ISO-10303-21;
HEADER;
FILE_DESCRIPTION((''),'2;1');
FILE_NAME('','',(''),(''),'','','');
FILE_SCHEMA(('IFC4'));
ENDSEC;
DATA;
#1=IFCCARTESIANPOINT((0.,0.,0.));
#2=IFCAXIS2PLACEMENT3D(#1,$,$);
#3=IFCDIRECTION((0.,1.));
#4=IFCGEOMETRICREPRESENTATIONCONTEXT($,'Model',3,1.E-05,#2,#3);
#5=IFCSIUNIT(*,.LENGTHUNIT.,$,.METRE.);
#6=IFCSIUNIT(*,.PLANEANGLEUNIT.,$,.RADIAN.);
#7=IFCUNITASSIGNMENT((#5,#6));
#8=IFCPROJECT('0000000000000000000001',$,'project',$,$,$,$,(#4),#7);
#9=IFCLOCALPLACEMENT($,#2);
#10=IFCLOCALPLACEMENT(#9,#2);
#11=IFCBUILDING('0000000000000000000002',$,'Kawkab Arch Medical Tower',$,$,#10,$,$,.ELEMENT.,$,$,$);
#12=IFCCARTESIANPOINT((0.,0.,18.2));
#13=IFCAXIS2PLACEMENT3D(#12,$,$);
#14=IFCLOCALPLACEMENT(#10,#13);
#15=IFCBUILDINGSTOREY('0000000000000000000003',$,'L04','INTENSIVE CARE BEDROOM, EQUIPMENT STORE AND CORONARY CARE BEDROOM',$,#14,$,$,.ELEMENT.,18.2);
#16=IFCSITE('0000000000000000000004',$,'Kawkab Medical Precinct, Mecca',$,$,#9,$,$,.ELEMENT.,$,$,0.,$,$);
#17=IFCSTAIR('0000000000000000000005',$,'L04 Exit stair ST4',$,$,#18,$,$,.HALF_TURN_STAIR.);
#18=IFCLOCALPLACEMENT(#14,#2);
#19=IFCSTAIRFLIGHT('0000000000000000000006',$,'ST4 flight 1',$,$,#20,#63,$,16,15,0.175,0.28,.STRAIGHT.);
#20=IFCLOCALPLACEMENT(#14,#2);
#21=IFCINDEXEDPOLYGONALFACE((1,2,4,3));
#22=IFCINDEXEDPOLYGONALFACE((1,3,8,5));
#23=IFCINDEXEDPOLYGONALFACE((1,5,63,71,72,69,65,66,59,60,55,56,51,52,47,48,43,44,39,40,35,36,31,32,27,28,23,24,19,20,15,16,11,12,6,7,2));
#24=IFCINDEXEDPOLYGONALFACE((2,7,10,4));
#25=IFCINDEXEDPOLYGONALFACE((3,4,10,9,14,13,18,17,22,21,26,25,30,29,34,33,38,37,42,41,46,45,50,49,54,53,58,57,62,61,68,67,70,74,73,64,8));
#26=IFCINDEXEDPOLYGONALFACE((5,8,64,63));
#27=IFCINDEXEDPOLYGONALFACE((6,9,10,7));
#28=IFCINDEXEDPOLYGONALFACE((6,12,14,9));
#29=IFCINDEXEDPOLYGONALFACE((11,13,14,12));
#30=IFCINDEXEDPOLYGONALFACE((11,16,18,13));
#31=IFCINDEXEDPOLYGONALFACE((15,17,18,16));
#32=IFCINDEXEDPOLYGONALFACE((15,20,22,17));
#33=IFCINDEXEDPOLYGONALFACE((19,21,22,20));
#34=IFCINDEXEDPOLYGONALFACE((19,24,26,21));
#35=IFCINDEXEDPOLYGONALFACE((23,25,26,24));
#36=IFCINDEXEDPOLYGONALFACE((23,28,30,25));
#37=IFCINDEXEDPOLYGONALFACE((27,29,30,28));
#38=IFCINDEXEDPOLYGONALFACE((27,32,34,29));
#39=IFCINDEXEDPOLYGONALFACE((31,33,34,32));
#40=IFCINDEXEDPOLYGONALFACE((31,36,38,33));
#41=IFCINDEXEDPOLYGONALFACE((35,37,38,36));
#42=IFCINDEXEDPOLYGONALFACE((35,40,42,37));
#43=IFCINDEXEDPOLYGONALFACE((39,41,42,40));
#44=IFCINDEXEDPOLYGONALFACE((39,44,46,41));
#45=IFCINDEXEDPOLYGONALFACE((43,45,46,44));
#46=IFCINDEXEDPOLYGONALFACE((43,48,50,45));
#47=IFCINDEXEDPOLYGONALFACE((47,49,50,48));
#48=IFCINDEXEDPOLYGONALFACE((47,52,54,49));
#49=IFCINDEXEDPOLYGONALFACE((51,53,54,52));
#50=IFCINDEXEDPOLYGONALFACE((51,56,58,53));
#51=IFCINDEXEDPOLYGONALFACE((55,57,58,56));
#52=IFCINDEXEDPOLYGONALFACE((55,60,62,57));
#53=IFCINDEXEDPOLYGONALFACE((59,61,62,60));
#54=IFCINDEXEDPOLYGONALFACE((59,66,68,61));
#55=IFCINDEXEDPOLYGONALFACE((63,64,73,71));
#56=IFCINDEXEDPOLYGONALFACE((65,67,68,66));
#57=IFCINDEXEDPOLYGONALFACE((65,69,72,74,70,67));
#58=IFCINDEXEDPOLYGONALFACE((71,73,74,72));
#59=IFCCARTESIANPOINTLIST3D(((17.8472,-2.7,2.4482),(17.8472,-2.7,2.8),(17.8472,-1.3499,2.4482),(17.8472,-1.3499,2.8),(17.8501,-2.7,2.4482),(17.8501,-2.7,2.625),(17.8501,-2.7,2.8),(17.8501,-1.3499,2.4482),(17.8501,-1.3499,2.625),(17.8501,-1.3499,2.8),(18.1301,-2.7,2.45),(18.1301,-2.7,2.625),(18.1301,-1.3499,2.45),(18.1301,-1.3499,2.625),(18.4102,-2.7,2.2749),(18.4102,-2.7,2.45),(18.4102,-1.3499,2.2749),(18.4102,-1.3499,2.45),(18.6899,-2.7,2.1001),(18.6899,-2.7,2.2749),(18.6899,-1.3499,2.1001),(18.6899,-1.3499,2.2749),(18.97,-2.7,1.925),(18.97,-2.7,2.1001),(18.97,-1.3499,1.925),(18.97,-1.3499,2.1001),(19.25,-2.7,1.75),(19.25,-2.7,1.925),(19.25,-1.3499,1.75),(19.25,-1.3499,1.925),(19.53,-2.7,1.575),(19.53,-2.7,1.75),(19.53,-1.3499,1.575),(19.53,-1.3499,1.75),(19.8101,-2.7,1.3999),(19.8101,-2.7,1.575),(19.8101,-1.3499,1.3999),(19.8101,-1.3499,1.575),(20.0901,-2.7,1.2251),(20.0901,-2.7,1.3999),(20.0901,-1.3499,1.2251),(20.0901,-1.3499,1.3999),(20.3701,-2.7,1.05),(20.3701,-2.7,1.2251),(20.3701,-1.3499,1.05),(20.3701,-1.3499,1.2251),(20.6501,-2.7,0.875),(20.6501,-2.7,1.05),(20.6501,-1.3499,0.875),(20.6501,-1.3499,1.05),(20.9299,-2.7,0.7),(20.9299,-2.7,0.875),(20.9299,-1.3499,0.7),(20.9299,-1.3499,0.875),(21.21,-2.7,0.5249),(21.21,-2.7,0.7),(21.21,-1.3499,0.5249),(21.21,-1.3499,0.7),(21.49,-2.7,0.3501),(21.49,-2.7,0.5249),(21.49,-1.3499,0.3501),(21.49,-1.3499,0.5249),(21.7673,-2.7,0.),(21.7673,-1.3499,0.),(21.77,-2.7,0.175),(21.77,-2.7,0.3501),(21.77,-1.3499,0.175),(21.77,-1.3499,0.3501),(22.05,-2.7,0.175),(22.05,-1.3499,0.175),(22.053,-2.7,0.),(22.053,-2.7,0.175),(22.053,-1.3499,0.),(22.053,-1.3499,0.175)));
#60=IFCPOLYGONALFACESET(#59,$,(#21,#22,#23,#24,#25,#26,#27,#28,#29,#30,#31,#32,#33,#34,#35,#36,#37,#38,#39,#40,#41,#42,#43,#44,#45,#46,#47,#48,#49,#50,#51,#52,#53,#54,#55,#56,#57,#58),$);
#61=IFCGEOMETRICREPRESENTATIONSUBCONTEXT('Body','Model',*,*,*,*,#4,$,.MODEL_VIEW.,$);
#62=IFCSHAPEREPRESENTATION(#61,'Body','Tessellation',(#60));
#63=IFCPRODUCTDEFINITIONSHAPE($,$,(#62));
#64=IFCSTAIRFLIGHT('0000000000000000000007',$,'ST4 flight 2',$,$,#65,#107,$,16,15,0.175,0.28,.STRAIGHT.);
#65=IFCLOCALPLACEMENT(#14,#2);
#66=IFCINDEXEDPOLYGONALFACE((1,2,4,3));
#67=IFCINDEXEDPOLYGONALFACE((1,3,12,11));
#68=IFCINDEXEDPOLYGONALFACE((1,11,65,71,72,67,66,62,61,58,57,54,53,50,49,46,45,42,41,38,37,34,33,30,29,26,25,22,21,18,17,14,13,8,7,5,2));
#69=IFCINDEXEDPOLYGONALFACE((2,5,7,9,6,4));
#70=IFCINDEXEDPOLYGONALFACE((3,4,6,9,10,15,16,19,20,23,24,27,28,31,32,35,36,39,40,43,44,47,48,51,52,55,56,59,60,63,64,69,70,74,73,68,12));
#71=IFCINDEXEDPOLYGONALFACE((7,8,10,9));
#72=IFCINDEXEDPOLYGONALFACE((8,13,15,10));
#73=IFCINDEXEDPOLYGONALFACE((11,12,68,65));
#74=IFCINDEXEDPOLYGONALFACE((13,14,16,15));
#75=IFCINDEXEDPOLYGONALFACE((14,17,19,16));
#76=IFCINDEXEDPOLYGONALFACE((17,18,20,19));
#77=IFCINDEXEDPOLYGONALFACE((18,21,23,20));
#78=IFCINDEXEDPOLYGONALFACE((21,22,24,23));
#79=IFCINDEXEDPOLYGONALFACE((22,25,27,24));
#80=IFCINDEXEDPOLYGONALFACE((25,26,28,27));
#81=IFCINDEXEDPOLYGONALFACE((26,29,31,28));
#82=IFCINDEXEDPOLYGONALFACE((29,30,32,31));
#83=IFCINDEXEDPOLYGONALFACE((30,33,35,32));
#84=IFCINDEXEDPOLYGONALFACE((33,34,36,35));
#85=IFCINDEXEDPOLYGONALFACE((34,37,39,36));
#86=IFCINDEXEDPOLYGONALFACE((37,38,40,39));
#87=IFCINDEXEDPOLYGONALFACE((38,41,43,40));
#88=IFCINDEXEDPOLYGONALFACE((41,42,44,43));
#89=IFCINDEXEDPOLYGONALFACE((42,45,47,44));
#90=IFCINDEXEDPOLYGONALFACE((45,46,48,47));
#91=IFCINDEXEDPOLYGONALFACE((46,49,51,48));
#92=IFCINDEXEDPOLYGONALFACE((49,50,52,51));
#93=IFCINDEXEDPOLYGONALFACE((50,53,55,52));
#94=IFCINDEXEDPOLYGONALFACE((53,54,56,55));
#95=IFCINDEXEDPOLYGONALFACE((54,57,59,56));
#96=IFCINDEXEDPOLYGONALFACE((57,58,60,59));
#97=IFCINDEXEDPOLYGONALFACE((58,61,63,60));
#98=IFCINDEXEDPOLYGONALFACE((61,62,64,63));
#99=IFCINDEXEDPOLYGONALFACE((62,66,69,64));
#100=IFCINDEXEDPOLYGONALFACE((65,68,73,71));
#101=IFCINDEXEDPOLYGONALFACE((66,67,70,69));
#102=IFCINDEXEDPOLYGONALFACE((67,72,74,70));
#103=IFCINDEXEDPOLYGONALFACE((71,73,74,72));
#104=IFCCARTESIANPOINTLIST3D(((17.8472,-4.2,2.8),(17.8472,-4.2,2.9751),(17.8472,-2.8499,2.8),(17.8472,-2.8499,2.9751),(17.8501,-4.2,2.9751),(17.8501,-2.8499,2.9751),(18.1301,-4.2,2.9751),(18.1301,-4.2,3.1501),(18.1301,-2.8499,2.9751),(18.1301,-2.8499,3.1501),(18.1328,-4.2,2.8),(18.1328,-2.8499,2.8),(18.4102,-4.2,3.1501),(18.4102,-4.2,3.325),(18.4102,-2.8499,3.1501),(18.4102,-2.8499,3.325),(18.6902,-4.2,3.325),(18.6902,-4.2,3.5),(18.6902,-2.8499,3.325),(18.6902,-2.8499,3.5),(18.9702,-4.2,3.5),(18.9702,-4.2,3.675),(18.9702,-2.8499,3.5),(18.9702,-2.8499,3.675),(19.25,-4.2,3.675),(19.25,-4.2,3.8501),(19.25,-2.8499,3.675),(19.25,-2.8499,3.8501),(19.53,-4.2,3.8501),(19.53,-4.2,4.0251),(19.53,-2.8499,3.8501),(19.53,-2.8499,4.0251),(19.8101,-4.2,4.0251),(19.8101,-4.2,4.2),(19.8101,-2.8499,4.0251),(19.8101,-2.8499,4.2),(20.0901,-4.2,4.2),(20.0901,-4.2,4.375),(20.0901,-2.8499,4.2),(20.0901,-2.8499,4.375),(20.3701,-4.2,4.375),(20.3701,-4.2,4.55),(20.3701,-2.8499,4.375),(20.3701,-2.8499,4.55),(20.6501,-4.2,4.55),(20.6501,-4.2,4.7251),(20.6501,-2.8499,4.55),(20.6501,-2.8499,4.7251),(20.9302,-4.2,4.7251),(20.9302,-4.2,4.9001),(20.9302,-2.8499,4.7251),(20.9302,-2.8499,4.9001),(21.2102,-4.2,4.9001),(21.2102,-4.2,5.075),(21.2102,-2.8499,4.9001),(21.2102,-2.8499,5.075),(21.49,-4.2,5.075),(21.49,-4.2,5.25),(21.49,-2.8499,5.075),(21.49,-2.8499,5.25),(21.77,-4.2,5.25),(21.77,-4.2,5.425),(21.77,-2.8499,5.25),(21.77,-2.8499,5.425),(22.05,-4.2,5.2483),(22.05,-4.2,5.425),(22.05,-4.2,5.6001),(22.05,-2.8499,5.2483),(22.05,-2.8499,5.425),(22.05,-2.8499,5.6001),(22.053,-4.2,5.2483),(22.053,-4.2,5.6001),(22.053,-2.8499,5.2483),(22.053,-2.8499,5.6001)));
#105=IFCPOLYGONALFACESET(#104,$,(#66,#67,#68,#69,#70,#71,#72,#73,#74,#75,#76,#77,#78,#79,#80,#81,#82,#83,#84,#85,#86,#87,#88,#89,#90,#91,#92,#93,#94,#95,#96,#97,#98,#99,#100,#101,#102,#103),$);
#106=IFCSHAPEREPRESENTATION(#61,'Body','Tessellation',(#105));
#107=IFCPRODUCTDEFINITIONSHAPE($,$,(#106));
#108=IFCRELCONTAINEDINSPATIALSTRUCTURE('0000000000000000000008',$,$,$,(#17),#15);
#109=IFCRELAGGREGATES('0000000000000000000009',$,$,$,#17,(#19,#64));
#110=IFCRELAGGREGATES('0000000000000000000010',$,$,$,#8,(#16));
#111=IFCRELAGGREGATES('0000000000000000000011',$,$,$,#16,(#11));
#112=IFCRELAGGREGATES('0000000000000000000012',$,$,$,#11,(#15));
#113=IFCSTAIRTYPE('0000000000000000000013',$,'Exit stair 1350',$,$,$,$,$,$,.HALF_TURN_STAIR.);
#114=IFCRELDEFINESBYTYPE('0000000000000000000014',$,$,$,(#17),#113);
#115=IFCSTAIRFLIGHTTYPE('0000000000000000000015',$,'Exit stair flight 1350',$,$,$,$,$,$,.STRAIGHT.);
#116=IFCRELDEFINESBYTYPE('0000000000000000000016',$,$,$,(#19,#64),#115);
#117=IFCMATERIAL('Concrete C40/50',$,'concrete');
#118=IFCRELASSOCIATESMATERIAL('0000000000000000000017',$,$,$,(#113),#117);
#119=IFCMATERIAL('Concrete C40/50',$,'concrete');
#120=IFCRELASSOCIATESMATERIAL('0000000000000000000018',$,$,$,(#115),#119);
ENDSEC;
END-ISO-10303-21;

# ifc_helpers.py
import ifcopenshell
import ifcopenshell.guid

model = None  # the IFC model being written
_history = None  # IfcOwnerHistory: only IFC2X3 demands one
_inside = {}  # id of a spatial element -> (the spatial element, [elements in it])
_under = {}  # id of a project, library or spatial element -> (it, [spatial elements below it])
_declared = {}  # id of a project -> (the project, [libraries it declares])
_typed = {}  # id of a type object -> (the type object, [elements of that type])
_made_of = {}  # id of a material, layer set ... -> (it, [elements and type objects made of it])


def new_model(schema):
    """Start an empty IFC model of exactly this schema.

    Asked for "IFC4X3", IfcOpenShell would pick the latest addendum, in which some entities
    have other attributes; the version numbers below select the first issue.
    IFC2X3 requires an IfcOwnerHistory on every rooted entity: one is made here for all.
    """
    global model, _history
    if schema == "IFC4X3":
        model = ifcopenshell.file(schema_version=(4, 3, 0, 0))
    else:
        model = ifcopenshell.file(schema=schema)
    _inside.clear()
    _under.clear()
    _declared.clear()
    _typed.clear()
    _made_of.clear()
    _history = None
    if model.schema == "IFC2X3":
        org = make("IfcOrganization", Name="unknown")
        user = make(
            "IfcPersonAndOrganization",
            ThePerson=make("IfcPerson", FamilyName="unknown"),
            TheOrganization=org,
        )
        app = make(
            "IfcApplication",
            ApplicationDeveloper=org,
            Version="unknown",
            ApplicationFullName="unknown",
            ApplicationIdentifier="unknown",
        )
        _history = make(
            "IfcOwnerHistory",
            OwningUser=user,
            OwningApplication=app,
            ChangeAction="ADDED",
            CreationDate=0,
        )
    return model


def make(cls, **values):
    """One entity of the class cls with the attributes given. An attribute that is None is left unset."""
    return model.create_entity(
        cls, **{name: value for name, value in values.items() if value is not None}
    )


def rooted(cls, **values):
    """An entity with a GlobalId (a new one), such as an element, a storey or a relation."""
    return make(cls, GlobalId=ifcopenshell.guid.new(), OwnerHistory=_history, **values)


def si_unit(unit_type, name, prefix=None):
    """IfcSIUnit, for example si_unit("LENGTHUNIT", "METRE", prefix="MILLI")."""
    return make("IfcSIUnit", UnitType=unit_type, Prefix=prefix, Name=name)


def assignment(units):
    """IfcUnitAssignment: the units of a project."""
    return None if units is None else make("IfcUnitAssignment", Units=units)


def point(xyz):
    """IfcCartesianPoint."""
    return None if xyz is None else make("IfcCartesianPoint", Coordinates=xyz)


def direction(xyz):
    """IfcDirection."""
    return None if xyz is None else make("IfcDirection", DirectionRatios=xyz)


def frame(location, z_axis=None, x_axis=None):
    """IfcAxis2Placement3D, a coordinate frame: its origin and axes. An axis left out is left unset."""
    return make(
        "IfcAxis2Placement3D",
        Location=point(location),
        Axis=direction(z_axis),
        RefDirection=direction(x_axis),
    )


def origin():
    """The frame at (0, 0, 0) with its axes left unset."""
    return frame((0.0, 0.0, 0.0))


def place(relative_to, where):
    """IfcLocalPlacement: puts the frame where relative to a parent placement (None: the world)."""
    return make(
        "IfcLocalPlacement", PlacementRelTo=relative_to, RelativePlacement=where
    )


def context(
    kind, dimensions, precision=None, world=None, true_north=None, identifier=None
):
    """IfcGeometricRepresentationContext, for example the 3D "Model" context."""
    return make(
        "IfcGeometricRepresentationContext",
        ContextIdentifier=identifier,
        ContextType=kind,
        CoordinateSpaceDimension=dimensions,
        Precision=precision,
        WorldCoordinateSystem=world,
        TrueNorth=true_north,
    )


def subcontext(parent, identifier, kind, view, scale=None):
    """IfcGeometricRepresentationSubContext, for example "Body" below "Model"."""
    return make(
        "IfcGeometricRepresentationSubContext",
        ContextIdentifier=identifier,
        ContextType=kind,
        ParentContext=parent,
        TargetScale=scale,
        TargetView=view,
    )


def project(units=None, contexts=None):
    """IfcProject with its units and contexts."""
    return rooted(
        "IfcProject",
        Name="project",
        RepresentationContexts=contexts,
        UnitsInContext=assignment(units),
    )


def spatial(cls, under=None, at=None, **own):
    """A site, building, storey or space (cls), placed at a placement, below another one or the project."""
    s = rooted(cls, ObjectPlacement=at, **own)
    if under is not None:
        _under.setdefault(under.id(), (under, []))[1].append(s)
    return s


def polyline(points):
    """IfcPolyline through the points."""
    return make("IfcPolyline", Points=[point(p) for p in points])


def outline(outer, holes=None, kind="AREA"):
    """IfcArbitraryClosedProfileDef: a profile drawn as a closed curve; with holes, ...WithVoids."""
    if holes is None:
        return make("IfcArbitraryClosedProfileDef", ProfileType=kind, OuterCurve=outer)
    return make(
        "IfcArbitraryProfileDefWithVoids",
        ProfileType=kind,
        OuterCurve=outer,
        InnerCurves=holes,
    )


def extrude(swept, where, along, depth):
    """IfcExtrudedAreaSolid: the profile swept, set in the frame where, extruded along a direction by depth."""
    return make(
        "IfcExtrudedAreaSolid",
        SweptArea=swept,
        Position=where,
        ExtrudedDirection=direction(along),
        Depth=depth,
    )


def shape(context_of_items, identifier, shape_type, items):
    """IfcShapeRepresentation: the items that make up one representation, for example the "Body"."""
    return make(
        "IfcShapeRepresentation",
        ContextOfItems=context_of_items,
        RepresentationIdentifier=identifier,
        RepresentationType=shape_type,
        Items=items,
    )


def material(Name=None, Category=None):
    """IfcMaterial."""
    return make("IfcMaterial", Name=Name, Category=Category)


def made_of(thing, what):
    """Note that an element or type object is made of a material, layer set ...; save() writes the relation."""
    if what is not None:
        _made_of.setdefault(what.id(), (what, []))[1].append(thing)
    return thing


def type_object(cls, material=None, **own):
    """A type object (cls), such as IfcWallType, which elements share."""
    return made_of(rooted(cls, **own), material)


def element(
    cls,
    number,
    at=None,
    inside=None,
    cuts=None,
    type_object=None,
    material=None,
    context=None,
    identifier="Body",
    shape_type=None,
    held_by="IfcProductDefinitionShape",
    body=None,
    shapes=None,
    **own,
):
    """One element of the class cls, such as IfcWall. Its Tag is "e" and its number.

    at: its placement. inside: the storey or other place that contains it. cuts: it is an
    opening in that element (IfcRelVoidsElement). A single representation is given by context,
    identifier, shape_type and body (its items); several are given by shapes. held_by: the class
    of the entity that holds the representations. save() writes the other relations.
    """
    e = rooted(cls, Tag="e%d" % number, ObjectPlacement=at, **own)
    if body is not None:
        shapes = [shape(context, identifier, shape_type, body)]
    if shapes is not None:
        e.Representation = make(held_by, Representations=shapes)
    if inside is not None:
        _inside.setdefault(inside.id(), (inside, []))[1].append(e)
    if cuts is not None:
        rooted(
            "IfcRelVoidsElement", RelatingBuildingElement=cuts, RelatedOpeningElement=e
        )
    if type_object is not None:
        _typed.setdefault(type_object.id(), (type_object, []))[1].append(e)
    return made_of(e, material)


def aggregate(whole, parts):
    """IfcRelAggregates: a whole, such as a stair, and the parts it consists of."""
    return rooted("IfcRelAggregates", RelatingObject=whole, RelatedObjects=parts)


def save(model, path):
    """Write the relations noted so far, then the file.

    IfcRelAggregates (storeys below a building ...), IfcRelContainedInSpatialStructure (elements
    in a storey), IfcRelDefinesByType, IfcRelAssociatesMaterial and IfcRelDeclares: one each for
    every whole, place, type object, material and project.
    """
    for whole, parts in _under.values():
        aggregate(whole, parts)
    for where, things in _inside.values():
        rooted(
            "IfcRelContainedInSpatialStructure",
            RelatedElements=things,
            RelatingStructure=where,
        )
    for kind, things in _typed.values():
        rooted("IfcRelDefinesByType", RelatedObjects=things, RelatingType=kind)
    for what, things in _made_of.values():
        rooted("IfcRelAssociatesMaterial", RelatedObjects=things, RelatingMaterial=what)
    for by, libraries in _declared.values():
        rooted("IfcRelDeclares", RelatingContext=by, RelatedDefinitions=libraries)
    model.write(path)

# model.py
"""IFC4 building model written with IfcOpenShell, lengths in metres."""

from ifc_helpers import new_model, si_unit, direction, frame, origin, place, context, subcontext, project, spatial, polyline, outline, extrude, material, type_object, element, aggregate, save


model = new_model("IFC4")

# Units and contexts
model_context = context("Model", 3, precision=1e-05, world=origin(), true_north=direction((0.0, 1.0)))
body_context = subcontext(model_context, "Body", "Model", "MODEL_VIEW")
ifc_project = project(units=[si_unit("LENGTHUNIT", "METRE"), si_unit("PLANEANGLEUNIT", "RADIAN")], contexts=[model_context])

# Site, building, storey
site_placement = place(None, origin())
site = spatial("IfcSite", under=ifc_project, at=site_placement, Name="Kawkab Medical Precinct, Mecca", CompositionType="ELEMENT", RefElevation=0.0)
building_placement = place(site_placement, origin())
building = spatial("IfcBuilding", under=site, at=building_placement, Name="Kawkab Arch Medical Tower", CompositionType="ELEMENT")
storey_placement = place(building_placement, frame((0.0, 0.0, 18.2)))
storey = spatial("IfcBuildingStorey", under=building, at=storey_placement, Name="L04", Description="INTENSIVE CARE BEDROOM, EQUIPMENT STORE AND CORONARY CARE BEDROOM", CompositionType="ELEMENT", Elevation=18.2)

# Stair, stair flights
ifc_material_1 = material(Name="Concrete C40/50", Category="concrete")
stair_type = type_object("IfcStairType", Name="Exit stair 1350", PredefinedType="HALF_TURN_STAIR", material=ifc_material_1)
stair_placement = place(storey_placement, origin())
stair = element("IfcStair", 1, at=stair_placement, inside=storey, type_object=stair_type, Name="L04 Exit stair ST4", PredefinedType="HALF_TURN_STAIR")
ifc_material_2 = material(Name="Concrete C40/50", Category="concrete")
stair_flight_type = type_object("IfcStairFlightType", Name="Exit stair flight 1350", PredefinedType="STRAIGHT", material=ifc_material_2)
stair_flight_1_placement = place(storey_placement, frame((22.05, -2.0249, 0.0), z_axis=(0.0, 0.0, 1.0), x_axis=(-1.0, 0.0, 0.0)))
stair_flight_1 = element("IfcStairFlight", 2, at=stair_flight_1_placement, type_object=stair_flight_type, Name="ST4 flight 1", NumberOfRisers=16, NumberOfTreads=15, PredefinedType="STRAIGHT", RiserHeight=0.175, TreadLength=0.28, context=body_context, shape_type="SweptSolid", body=[
    extrude(outline(polyline([(-0.0029, 0.0), (-0.0029, 0.175), (0.0, 0.175), (0.28, 0.175), (0.28, 0.3501), (0.5601, 0.3501), (0.5601, 0.5249), (0.8401, 0.5249), (0.8401, 0.7), (1.1201, 0.7), (1.1201, 0.875), (1.3999, 0.875), (1.3999, 1.05), (1.6799, 1.05), (1.6799, 1.2251), (1.96, 1.2251), (1.96, 1.3999), (2.24, 1.3999), (2.24, 1.575), (2.52, 1.575), (2.52, 1.75), (2.8, 1.75), (2.8, 1.925), (3.0801, 1.925), (3.0801, 2.1001), (3.3601, 2.1001), (3.3601, 2.2749), (3.6399, 2.2749), (3.6399, 2.45), (3.9199, 2.45), (3.9199, 2.625), (4.2, 2.625), (4.2, 2.8), (4.2029, 2.8), (4.2029, 2.4482), (4.2, 2.4482), (0.2827, 0.0), (-0.0029, 0.0)])), frame((0.0, 0.675, 0.0), z_axis=(0.0, -1.0, 0.0), x_axis=(1.0, 0.0, 0.0)), (0.0, 0.0, 1.0), 1.3501),
])
stair_flight_2_placement = place(storey_placement, frame((17.8501, -3.5249, 2.8), z_axis=(0.0, 0.0, 1.0), x_axis=(1.0, 0.0, 0.0)))
stair_flight_2 = element("IfcStairFlight", 3, at=stair_flight_2_placement, type_object=stair_flight_type, Name="ST4 flight 2", NumberOfRisers=16, NumberOfTreads=15, PredefinedType="STRAIGHT", RiserHeight=0.175, TreadLength=0.28, context=body_context, shape_type="SweptSolid", body=[
    extrude(outline(polyline([(-0.0029, 0.0), (-0.0029, 0.175), (0.0, 0.175), (0.28, 0.175), (0.28, 0.3501), (0.5601, 0.3501), (0.5601, 0.5249), (0.8401, 0.5249), (0.8401, 0.7), (1.1201, 0.7), (1.1201, 0.875), (1.3999, 0.875), (1.3999, 1.05), (1.6799, 1.05), (1.6799, 1.2251), (1.96, 1.2251), (1.96, 1.3999), (2.24, 1.3999), (2.24, 1.575), (2.52, 1.575), (2.52, 1.75), (2.8, 1.75), (2.8, 1.925), (3.0801, 1.925), (3.0801, 2.1001), (3.3601, 2.1001), (3.3601, 2.2749), (3.6399, 2.2749), (3.6399, 2.45), (3.9199, 2.45), (3.9199, 2.625), (4.2, 2.625), (4.2, 2.8), (4.2029, 2.8), (4.2029, 2.4482), (4.2, 2.4482), (0.2827, 0.0), (-0.0029, 0.0)])), frame((0.0, 0.675, 0.0), z_axis=(0.0, -1.0, 0.0), x_axis=(1.0, 0.0, 0.0)), (0.0, 0.0, 1.0), 1.3501),
])
aggregate(stair, [stair_flight_1, stair_flight_2])

save(model, "model.ifc")
